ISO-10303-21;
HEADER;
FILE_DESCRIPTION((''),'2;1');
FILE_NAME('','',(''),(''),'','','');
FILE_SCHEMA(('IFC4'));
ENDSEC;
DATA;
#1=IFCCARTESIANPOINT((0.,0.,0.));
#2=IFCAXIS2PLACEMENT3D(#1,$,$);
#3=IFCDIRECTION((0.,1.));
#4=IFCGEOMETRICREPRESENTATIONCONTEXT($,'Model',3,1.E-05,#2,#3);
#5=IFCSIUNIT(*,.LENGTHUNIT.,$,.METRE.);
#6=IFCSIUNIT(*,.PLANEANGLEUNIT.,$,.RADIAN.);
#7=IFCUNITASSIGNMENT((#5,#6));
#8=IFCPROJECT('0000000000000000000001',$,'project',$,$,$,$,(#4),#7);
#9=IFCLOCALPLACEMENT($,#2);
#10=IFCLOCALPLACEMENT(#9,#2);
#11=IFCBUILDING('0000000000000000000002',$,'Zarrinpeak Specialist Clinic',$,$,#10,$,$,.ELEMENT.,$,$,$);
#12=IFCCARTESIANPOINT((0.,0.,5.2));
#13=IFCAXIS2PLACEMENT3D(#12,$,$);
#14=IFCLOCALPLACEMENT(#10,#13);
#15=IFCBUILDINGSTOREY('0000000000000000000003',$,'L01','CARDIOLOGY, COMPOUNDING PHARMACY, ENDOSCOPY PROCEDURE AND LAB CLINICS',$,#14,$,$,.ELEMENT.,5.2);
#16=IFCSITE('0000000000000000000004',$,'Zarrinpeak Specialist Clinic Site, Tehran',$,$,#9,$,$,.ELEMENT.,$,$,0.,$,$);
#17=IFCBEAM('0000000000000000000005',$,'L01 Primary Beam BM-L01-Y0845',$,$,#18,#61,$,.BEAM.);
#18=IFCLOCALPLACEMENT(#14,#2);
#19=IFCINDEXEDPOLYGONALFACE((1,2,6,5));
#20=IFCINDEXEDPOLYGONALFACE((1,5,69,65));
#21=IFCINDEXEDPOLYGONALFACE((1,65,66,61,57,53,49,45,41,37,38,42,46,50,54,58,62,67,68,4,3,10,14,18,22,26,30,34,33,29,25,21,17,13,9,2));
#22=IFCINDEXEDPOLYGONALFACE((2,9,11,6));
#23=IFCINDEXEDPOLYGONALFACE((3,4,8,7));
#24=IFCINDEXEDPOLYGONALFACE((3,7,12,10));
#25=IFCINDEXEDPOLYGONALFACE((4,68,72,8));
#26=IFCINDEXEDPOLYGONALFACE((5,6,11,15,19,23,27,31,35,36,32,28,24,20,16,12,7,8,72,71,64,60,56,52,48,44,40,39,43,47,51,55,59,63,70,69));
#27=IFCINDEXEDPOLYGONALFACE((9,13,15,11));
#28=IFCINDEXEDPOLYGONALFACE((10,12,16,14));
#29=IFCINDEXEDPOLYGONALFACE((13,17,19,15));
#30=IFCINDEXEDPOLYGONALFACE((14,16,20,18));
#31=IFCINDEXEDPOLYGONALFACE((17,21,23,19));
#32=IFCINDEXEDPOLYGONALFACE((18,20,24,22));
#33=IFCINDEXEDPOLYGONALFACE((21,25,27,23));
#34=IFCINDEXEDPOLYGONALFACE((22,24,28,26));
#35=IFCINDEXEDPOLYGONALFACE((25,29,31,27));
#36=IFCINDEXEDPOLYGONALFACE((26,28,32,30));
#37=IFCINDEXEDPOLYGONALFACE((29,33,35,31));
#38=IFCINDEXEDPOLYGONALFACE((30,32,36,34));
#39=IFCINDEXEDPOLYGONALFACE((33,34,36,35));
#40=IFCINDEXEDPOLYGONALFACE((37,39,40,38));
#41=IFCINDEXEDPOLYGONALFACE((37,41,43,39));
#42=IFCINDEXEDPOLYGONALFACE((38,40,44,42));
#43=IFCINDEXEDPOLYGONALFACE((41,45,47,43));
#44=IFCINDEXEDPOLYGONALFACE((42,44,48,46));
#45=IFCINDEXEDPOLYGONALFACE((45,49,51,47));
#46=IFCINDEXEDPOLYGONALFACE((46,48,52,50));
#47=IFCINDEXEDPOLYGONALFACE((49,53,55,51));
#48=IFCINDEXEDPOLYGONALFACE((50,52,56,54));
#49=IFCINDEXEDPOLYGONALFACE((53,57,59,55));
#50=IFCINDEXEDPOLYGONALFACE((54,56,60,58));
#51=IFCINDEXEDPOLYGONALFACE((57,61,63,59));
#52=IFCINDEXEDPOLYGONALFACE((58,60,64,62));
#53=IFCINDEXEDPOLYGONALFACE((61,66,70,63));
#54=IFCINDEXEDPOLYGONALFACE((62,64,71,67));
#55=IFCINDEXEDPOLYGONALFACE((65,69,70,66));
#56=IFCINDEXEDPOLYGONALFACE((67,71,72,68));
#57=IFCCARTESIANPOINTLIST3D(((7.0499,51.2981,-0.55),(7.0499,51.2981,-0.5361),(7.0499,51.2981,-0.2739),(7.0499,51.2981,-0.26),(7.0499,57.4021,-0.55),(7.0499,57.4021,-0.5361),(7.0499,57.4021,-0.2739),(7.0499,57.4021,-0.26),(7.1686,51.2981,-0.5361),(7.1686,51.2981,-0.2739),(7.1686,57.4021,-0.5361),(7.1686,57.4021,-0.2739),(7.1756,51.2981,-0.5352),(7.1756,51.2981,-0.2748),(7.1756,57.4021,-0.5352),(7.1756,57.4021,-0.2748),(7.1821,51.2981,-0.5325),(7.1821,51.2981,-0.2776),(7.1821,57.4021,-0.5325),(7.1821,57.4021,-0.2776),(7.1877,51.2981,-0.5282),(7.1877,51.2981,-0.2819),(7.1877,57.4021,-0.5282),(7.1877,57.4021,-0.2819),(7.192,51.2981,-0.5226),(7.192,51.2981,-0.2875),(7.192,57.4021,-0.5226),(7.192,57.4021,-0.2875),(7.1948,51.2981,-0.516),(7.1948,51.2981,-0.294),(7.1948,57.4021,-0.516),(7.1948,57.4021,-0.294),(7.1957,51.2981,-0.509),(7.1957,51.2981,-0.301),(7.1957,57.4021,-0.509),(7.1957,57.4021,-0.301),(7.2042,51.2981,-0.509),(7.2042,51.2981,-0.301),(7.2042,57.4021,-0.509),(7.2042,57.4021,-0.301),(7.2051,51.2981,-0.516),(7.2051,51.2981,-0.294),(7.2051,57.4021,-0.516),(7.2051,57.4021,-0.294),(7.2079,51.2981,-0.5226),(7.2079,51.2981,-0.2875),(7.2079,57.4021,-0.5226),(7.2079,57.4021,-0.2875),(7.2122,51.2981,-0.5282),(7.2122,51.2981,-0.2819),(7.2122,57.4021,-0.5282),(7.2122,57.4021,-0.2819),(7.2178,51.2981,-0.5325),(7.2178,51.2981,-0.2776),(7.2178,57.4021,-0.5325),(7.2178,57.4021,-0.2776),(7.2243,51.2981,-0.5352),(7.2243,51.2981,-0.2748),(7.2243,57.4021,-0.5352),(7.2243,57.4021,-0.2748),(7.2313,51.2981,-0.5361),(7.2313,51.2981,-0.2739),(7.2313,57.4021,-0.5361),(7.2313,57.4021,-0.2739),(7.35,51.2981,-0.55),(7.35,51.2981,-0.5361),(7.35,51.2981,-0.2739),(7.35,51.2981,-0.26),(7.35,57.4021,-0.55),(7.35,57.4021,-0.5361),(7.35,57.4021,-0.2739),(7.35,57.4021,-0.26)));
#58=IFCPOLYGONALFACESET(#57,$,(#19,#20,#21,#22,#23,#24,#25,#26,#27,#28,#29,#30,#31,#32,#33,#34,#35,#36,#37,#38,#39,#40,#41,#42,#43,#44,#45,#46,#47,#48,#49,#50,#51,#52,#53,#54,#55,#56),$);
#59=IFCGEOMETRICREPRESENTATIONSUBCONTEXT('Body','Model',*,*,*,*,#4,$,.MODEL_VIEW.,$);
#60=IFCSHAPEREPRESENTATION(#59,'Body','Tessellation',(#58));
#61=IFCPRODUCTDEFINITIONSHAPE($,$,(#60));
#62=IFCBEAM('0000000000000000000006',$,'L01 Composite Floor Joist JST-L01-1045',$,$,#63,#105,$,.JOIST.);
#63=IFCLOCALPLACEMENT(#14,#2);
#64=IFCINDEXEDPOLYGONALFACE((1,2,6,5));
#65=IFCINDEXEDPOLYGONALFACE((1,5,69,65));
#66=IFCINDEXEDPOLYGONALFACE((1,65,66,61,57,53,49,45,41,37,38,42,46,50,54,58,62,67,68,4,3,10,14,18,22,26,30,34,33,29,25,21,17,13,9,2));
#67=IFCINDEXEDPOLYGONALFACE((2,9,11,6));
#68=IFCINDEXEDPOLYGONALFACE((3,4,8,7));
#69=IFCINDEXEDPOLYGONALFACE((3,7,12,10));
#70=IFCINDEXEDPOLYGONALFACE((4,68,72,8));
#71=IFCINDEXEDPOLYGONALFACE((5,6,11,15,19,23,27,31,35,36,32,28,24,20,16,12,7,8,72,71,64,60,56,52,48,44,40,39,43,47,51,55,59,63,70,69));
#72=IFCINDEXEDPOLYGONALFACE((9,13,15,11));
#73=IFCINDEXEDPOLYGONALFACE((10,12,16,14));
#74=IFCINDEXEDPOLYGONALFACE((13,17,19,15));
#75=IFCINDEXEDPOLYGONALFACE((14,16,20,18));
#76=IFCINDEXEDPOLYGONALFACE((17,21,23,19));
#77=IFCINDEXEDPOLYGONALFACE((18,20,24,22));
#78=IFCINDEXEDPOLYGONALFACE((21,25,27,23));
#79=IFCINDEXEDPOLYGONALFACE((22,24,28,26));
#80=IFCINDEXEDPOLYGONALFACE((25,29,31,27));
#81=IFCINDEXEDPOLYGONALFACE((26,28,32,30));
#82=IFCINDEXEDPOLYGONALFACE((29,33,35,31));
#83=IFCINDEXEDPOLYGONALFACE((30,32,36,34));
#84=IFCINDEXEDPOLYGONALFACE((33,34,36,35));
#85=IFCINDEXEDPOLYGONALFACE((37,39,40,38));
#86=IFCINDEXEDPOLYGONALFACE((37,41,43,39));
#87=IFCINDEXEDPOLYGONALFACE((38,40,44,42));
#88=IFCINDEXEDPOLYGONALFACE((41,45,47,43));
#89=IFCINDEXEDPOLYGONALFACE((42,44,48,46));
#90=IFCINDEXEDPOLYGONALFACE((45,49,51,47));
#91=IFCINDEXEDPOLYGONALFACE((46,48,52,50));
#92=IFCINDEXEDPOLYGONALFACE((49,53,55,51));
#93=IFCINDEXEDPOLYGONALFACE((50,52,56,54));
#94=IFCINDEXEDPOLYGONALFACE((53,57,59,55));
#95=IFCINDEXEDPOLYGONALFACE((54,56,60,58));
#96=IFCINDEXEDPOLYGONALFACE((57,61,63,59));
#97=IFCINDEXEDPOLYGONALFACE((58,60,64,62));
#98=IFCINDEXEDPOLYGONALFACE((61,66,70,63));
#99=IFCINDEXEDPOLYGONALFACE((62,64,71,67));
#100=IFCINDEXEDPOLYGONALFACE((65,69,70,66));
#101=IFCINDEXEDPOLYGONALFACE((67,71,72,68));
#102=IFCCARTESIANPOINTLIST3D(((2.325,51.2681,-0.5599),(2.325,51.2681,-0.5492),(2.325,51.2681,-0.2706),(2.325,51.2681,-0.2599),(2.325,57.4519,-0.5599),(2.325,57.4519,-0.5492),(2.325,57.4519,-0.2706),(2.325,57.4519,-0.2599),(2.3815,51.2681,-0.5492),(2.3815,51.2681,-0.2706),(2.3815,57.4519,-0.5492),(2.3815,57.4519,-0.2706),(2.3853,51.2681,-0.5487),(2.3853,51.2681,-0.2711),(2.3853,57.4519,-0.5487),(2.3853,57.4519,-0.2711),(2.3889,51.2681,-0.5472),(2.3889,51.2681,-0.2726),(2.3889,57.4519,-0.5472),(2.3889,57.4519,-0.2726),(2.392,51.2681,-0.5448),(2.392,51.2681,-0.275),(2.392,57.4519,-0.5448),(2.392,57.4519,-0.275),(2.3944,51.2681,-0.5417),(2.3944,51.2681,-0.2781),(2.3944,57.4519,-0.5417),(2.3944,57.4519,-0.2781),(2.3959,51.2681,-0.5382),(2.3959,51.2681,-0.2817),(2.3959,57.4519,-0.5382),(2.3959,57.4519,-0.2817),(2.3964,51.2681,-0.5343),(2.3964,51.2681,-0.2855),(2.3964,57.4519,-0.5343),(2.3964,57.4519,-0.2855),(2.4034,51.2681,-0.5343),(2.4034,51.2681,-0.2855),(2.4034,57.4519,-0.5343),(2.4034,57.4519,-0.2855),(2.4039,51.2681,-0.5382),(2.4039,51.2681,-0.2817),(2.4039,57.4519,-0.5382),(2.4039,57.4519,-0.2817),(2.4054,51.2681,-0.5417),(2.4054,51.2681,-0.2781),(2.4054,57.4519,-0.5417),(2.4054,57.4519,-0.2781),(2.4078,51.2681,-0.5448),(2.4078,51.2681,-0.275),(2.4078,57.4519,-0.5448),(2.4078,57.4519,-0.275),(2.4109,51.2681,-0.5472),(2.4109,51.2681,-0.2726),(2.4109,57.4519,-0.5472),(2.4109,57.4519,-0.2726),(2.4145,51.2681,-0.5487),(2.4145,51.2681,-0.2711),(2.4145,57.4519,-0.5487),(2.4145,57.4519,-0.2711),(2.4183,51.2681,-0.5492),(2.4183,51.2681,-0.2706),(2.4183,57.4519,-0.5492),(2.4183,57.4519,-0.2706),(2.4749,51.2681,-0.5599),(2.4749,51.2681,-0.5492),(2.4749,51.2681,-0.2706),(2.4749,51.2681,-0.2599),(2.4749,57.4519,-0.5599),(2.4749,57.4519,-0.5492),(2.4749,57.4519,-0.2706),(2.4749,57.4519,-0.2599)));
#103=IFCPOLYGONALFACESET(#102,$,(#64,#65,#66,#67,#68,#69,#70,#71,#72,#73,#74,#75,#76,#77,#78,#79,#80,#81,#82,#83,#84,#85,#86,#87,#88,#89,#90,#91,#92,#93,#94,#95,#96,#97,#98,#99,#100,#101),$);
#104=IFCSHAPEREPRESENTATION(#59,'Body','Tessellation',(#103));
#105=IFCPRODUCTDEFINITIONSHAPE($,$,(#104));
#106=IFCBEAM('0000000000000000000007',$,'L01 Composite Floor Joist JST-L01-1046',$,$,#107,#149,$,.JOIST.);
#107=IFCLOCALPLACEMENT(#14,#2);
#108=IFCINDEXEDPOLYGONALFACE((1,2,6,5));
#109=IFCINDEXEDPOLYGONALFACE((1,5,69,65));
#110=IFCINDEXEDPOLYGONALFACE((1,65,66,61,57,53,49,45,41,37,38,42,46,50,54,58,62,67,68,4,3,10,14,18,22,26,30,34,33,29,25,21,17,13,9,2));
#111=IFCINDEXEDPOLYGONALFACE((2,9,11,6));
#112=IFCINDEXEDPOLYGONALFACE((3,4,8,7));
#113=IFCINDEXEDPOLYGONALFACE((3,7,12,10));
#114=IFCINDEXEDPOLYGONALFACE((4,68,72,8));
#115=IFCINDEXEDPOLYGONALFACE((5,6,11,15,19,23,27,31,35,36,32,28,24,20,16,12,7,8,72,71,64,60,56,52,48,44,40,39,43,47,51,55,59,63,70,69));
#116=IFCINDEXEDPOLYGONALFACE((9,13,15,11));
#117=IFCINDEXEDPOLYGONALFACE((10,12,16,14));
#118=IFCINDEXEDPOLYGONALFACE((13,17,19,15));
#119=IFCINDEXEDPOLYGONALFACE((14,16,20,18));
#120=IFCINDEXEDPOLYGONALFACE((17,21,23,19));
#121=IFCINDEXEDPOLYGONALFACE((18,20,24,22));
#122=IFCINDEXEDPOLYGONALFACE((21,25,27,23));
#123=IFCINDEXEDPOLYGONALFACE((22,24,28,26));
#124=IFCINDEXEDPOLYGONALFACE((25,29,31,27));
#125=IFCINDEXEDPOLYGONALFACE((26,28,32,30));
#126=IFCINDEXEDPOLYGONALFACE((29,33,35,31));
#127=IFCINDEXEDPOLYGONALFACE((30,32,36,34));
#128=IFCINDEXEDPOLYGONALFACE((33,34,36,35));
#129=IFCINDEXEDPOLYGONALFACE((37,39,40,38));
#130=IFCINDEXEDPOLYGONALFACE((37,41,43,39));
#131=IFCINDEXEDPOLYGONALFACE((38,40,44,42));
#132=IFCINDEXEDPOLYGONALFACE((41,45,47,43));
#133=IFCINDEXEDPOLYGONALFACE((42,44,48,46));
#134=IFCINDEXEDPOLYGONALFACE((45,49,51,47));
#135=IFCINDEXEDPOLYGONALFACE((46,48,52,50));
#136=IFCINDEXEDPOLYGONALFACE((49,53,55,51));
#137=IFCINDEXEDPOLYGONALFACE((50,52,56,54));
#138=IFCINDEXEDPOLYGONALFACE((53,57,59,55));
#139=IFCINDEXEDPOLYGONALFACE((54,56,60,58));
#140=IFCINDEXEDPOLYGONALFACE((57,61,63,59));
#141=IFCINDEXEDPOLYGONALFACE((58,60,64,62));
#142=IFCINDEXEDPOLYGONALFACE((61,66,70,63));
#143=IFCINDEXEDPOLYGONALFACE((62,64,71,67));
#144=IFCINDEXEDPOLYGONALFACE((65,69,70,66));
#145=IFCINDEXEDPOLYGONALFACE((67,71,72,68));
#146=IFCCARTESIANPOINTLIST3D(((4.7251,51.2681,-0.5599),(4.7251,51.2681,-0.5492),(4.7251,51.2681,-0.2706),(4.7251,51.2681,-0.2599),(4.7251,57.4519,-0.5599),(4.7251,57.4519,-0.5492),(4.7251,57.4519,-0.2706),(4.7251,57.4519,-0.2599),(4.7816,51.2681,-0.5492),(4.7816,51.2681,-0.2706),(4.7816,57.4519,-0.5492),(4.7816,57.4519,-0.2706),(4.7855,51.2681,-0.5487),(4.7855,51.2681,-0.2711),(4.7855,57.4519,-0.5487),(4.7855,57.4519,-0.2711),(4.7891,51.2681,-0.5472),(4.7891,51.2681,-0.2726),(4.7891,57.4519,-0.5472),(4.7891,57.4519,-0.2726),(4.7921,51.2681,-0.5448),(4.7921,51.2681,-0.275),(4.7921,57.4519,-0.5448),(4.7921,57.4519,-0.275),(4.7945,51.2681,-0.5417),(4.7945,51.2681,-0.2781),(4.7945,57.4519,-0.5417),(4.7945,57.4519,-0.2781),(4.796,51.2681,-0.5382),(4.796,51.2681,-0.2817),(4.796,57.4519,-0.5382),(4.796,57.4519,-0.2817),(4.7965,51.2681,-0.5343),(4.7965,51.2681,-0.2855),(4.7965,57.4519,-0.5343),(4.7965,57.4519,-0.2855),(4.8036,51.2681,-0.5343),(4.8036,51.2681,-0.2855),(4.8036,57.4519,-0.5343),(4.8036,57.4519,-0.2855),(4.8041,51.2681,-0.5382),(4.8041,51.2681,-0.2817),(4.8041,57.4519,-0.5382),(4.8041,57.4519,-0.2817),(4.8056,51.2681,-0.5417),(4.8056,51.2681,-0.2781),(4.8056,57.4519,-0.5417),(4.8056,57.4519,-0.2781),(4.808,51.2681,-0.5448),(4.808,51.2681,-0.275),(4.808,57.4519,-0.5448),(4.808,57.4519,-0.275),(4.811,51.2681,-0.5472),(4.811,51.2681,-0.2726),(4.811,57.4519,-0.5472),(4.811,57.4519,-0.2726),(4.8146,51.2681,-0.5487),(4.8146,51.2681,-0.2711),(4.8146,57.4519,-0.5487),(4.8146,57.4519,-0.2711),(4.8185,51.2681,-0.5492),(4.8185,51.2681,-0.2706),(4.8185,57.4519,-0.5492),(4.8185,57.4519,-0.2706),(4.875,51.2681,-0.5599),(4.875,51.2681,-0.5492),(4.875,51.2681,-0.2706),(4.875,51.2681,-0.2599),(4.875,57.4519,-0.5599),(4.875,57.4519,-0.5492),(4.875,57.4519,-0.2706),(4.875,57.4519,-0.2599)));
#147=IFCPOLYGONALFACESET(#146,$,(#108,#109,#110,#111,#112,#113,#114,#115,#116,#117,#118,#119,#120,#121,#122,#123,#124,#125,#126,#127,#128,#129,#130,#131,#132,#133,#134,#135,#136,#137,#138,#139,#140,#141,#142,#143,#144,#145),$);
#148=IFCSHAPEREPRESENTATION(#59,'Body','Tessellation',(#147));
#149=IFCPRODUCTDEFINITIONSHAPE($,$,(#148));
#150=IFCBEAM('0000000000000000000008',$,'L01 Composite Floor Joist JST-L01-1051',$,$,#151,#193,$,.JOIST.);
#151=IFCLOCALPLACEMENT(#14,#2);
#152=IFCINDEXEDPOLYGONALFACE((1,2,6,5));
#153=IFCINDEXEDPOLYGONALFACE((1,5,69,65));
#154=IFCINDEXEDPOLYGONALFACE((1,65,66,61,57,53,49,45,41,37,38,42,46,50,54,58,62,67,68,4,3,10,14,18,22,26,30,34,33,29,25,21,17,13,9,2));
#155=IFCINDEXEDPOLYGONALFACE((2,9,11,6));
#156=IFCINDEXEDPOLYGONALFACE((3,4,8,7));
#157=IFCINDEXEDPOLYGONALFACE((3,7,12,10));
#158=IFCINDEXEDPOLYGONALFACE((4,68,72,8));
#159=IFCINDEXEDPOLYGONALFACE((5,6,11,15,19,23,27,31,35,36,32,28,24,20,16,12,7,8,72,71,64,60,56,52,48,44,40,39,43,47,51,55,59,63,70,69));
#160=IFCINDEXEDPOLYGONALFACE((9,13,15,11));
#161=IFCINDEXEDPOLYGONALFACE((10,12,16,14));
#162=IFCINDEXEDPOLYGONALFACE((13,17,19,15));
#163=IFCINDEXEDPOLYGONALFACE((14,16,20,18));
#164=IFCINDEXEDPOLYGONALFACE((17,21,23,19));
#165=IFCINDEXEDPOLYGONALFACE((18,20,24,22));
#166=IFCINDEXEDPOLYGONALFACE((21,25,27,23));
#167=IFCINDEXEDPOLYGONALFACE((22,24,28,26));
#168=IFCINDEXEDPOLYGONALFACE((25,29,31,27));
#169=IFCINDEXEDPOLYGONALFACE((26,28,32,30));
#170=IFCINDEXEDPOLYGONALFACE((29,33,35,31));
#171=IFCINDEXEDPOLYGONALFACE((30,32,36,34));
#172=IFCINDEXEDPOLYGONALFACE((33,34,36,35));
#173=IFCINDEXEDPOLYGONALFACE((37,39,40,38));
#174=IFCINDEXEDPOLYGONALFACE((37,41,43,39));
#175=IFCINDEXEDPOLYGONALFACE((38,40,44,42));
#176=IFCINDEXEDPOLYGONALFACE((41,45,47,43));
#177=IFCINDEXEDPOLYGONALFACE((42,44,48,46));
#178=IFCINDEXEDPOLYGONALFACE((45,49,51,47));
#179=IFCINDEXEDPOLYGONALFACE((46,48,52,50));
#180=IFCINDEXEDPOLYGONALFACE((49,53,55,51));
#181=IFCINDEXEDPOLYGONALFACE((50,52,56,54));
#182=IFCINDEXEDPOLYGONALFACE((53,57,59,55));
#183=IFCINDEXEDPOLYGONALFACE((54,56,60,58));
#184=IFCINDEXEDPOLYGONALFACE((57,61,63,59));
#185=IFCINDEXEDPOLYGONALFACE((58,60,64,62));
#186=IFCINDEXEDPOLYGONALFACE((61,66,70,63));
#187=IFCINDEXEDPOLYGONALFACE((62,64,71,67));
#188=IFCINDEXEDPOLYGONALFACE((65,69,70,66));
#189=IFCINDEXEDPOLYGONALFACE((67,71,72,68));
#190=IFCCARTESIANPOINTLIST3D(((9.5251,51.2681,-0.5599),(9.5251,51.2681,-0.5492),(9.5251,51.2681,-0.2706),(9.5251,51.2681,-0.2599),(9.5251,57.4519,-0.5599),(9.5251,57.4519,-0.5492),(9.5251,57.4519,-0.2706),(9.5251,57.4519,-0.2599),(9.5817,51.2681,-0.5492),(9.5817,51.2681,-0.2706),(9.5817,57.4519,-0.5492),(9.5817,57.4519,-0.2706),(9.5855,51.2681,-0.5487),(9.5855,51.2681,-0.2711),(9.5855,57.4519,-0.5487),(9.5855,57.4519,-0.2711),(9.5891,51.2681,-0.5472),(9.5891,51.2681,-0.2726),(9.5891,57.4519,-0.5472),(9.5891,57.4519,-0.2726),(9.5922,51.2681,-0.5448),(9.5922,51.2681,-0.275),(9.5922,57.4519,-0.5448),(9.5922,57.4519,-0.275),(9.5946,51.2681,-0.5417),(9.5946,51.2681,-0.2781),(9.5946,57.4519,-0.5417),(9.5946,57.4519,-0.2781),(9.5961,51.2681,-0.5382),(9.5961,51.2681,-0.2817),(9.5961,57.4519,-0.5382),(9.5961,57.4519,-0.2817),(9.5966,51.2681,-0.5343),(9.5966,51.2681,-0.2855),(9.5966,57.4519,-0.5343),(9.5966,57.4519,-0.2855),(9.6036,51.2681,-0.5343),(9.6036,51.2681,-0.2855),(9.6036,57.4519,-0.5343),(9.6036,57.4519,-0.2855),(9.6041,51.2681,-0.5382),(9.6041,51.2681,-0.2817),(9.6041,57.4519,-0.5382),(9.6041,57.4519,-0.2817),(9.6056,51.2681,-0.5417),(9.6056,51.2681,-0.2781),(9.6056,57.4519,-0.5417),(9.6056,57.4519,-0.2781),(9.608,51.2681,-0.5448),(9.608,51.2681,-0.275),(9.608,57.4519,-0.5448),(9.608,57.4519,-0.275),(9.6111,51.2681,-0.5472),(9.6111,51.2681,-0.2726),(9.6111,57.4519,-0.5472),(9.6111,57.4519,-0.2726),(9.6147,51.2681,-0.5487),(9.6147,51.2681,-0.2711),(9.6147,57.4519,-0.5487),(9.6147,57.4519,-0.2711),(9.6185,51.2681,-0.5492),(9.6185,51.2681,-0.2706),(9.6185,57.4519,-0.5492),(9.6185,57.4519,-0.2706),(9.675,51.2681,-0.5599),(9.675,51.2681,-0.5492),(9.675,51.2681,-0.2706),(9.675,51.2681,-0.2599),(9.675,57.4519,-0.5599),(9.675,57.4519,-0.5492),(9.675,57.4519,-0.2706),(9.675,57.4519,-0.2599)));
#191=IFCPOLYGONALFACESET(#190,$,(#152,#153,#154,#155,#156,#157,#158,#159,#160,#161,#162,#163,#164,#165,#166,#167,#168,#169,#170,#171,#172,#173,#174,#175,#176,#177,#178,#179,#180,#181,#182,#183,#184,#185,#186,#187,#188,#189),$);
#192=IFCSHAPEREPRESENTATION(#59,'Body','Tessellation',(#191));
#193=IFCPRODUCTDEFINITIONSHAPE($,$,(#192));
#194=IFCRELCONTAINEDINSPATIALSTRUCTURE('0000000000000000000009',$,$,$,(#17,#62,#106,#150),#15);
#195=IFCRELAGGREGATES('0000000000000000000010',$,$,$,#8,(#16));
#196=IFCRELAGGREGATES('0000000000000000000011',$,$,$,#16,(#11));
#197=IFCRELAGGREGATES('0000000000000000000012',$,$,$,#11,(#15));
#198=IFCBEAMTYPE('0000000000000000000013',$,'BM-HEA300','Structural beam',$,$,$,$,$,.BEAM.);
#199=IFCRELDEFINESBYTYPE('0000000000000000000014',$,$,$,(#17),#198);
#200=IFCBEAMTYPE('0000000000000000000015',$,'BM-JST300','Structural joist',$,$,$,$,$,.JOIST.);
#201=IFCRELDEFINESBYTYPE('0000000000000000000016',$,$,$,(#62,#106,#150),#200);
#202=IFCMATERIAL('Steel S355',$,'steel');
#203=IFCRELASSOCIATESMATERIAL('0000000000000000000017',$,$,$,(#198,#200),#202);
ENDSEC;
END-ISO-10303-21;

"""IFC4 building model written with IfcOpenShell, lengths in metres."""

from ifc_helpers import new_model, si_unit, direction, frame, origin, origin_2d, place, context, subcontext, project, spatial, i_section, extrude, material, material_profile, profile_set, type_object, element, save


model = new_model("IFC4")

# Units and contexts
model_context = context("Model", 3, precision=1e-05, world=origin(), true_north=direction((0.0, 1.0)))
body_context = subcontext(model_context, "Body", "Model", "MODEL_VIEW")
ifc_project = project(units=[si_unit("LENGTHUNIT", "METRE"), si_unit("PLANEANGLEUNIT", "RADIAN")], contexts=[model_context])

# Site, building, storey
site_placement = place(None, origin())
site = spatial("IfcSite", under=ifc_project, at=site_placement, Name="Zarrinpeak Specialist Clinic Site, Tehran", CompositionType="ELEMENT", RefElevation=0.0)
building_placement = place(site_placement, origin())
building = spatial("IfcBuilding", under=site, at=building_placement, Name="Zarrinpeak Specialist Clinic", CompositionType="ELEMENT")
storey_placement = place(building_placement, frame((0.0, 0.0, 5.2)))
storey = spatial("IfcBuildingStorey", under=building, at=storey_placement, Name="L01", Description="CARDIOLOGY, COMPOUNDING PHARMACY, ENDOSCOPY PROCEDURE AND LAB CLINICS", CompositionType="ELEMENT", Elevation=5.2)

# Shared definitions
ifc_material_1 = material(Name="Steel S355", Category="steel")

# Beams
ifc_material_profile_1 = material_profile(ifc_material_1, i_section(OverallWidth=0.3, OverallDepth=0.29, WebThickness=0.0085, FlangeThickness=0.0139, FilletRadius=0.0271, at=origin_2d()), Name="HEA 300")
ifc_profile_set_1 = profile_set([ifc_material_profile_1], Name="Steel S355")
beam_type_1 = type_object("IfcBeamType", Name="BM-HEA300", Description="Structural beam", PredefinedType="BEAM", material=ifc_profile_set_1)
beam_1_placement = place(storey_placement, frame((7.2, 51.2981, -0.405), z_axis=(0.0, 1.0, 0.0), x_axis=(-1.0, 0.0, 0.0)))
element("IfcBeam", 1, at=beam_1_placement, inside=storey, type_object=beam_type_1, Name="L01 Primary Beam BM-L01-Y0845", PredefinedType="BEAM", context=body_context, shape_type="SweptSolid", body=[
    extrude(i_section(OverallWidth=0.3, OverallDepth=0.29, WebThickness=0.0085, FlangeThickness=0.0139, FilletRadius=0.0271, at=origin_2d()), origin(), (0.0, 0.0, 1.0), 6.104),
])
ifc_material_profile_2 = material_profile(ifc_material_1, i_section(OverallWidth=0.1499, OverallDepth=0.3, WebThickness=0.0071, FlangeThickness=0.0107, FilletRadius=0.0149, at=origin_2d()), Name="IPE 300")
ifc_profile_set_2 = profile_set([ifc_material_profile_2], Name="Steel S355")
beam_type_2 = type_object("IfcBeamType", Name="BM-JST300", Description="Structural joist", PredefinedType="JOIST", material=ifc_profile_set_2)
for number, where, z_axis, x_axis, name in (
    (2, (2.3999, 51.2681, -0.4099), (0.0, 1.0, 0.0), (-1.0, 0.0, 0.0), "L01 Composite Floor Joist JST-L01-1045"),
    (3, (4.8, 51.2681, -0.4099), (0.0, 1.0, 0.0), (-1.0, 0.0, 0.0), "L01 Composite Floor Joist JST-L01-1046"),
    (4, (9.6001, 51.2681, -0.4099), (0.0, 1.0, 0.0), (-1.0, 0.0, 0.0), "L01 Composite Floor Joist JST-L01-1051"),
):
    element("IfcBeam", number, at=place(storey_placement, frame(where, z_axis=z_axis, x_axis=x_axis)), inside=storey, type_object=beam_type_2, Name=name, PredefinedType="JOIST", context=body_context, shape_type="SweptSolid", body=[
        extrude(i_section(OverallWidth=0.1499, OverallDepth=0.3, WebThickness=0.0071, FlangeThickness=0.0107, FilletRadius=0.0149, at=origin_2d()), origin(), (0.0, 0.0, 1.0), 6.1838),
    ])

save(model, "model.ifc")
